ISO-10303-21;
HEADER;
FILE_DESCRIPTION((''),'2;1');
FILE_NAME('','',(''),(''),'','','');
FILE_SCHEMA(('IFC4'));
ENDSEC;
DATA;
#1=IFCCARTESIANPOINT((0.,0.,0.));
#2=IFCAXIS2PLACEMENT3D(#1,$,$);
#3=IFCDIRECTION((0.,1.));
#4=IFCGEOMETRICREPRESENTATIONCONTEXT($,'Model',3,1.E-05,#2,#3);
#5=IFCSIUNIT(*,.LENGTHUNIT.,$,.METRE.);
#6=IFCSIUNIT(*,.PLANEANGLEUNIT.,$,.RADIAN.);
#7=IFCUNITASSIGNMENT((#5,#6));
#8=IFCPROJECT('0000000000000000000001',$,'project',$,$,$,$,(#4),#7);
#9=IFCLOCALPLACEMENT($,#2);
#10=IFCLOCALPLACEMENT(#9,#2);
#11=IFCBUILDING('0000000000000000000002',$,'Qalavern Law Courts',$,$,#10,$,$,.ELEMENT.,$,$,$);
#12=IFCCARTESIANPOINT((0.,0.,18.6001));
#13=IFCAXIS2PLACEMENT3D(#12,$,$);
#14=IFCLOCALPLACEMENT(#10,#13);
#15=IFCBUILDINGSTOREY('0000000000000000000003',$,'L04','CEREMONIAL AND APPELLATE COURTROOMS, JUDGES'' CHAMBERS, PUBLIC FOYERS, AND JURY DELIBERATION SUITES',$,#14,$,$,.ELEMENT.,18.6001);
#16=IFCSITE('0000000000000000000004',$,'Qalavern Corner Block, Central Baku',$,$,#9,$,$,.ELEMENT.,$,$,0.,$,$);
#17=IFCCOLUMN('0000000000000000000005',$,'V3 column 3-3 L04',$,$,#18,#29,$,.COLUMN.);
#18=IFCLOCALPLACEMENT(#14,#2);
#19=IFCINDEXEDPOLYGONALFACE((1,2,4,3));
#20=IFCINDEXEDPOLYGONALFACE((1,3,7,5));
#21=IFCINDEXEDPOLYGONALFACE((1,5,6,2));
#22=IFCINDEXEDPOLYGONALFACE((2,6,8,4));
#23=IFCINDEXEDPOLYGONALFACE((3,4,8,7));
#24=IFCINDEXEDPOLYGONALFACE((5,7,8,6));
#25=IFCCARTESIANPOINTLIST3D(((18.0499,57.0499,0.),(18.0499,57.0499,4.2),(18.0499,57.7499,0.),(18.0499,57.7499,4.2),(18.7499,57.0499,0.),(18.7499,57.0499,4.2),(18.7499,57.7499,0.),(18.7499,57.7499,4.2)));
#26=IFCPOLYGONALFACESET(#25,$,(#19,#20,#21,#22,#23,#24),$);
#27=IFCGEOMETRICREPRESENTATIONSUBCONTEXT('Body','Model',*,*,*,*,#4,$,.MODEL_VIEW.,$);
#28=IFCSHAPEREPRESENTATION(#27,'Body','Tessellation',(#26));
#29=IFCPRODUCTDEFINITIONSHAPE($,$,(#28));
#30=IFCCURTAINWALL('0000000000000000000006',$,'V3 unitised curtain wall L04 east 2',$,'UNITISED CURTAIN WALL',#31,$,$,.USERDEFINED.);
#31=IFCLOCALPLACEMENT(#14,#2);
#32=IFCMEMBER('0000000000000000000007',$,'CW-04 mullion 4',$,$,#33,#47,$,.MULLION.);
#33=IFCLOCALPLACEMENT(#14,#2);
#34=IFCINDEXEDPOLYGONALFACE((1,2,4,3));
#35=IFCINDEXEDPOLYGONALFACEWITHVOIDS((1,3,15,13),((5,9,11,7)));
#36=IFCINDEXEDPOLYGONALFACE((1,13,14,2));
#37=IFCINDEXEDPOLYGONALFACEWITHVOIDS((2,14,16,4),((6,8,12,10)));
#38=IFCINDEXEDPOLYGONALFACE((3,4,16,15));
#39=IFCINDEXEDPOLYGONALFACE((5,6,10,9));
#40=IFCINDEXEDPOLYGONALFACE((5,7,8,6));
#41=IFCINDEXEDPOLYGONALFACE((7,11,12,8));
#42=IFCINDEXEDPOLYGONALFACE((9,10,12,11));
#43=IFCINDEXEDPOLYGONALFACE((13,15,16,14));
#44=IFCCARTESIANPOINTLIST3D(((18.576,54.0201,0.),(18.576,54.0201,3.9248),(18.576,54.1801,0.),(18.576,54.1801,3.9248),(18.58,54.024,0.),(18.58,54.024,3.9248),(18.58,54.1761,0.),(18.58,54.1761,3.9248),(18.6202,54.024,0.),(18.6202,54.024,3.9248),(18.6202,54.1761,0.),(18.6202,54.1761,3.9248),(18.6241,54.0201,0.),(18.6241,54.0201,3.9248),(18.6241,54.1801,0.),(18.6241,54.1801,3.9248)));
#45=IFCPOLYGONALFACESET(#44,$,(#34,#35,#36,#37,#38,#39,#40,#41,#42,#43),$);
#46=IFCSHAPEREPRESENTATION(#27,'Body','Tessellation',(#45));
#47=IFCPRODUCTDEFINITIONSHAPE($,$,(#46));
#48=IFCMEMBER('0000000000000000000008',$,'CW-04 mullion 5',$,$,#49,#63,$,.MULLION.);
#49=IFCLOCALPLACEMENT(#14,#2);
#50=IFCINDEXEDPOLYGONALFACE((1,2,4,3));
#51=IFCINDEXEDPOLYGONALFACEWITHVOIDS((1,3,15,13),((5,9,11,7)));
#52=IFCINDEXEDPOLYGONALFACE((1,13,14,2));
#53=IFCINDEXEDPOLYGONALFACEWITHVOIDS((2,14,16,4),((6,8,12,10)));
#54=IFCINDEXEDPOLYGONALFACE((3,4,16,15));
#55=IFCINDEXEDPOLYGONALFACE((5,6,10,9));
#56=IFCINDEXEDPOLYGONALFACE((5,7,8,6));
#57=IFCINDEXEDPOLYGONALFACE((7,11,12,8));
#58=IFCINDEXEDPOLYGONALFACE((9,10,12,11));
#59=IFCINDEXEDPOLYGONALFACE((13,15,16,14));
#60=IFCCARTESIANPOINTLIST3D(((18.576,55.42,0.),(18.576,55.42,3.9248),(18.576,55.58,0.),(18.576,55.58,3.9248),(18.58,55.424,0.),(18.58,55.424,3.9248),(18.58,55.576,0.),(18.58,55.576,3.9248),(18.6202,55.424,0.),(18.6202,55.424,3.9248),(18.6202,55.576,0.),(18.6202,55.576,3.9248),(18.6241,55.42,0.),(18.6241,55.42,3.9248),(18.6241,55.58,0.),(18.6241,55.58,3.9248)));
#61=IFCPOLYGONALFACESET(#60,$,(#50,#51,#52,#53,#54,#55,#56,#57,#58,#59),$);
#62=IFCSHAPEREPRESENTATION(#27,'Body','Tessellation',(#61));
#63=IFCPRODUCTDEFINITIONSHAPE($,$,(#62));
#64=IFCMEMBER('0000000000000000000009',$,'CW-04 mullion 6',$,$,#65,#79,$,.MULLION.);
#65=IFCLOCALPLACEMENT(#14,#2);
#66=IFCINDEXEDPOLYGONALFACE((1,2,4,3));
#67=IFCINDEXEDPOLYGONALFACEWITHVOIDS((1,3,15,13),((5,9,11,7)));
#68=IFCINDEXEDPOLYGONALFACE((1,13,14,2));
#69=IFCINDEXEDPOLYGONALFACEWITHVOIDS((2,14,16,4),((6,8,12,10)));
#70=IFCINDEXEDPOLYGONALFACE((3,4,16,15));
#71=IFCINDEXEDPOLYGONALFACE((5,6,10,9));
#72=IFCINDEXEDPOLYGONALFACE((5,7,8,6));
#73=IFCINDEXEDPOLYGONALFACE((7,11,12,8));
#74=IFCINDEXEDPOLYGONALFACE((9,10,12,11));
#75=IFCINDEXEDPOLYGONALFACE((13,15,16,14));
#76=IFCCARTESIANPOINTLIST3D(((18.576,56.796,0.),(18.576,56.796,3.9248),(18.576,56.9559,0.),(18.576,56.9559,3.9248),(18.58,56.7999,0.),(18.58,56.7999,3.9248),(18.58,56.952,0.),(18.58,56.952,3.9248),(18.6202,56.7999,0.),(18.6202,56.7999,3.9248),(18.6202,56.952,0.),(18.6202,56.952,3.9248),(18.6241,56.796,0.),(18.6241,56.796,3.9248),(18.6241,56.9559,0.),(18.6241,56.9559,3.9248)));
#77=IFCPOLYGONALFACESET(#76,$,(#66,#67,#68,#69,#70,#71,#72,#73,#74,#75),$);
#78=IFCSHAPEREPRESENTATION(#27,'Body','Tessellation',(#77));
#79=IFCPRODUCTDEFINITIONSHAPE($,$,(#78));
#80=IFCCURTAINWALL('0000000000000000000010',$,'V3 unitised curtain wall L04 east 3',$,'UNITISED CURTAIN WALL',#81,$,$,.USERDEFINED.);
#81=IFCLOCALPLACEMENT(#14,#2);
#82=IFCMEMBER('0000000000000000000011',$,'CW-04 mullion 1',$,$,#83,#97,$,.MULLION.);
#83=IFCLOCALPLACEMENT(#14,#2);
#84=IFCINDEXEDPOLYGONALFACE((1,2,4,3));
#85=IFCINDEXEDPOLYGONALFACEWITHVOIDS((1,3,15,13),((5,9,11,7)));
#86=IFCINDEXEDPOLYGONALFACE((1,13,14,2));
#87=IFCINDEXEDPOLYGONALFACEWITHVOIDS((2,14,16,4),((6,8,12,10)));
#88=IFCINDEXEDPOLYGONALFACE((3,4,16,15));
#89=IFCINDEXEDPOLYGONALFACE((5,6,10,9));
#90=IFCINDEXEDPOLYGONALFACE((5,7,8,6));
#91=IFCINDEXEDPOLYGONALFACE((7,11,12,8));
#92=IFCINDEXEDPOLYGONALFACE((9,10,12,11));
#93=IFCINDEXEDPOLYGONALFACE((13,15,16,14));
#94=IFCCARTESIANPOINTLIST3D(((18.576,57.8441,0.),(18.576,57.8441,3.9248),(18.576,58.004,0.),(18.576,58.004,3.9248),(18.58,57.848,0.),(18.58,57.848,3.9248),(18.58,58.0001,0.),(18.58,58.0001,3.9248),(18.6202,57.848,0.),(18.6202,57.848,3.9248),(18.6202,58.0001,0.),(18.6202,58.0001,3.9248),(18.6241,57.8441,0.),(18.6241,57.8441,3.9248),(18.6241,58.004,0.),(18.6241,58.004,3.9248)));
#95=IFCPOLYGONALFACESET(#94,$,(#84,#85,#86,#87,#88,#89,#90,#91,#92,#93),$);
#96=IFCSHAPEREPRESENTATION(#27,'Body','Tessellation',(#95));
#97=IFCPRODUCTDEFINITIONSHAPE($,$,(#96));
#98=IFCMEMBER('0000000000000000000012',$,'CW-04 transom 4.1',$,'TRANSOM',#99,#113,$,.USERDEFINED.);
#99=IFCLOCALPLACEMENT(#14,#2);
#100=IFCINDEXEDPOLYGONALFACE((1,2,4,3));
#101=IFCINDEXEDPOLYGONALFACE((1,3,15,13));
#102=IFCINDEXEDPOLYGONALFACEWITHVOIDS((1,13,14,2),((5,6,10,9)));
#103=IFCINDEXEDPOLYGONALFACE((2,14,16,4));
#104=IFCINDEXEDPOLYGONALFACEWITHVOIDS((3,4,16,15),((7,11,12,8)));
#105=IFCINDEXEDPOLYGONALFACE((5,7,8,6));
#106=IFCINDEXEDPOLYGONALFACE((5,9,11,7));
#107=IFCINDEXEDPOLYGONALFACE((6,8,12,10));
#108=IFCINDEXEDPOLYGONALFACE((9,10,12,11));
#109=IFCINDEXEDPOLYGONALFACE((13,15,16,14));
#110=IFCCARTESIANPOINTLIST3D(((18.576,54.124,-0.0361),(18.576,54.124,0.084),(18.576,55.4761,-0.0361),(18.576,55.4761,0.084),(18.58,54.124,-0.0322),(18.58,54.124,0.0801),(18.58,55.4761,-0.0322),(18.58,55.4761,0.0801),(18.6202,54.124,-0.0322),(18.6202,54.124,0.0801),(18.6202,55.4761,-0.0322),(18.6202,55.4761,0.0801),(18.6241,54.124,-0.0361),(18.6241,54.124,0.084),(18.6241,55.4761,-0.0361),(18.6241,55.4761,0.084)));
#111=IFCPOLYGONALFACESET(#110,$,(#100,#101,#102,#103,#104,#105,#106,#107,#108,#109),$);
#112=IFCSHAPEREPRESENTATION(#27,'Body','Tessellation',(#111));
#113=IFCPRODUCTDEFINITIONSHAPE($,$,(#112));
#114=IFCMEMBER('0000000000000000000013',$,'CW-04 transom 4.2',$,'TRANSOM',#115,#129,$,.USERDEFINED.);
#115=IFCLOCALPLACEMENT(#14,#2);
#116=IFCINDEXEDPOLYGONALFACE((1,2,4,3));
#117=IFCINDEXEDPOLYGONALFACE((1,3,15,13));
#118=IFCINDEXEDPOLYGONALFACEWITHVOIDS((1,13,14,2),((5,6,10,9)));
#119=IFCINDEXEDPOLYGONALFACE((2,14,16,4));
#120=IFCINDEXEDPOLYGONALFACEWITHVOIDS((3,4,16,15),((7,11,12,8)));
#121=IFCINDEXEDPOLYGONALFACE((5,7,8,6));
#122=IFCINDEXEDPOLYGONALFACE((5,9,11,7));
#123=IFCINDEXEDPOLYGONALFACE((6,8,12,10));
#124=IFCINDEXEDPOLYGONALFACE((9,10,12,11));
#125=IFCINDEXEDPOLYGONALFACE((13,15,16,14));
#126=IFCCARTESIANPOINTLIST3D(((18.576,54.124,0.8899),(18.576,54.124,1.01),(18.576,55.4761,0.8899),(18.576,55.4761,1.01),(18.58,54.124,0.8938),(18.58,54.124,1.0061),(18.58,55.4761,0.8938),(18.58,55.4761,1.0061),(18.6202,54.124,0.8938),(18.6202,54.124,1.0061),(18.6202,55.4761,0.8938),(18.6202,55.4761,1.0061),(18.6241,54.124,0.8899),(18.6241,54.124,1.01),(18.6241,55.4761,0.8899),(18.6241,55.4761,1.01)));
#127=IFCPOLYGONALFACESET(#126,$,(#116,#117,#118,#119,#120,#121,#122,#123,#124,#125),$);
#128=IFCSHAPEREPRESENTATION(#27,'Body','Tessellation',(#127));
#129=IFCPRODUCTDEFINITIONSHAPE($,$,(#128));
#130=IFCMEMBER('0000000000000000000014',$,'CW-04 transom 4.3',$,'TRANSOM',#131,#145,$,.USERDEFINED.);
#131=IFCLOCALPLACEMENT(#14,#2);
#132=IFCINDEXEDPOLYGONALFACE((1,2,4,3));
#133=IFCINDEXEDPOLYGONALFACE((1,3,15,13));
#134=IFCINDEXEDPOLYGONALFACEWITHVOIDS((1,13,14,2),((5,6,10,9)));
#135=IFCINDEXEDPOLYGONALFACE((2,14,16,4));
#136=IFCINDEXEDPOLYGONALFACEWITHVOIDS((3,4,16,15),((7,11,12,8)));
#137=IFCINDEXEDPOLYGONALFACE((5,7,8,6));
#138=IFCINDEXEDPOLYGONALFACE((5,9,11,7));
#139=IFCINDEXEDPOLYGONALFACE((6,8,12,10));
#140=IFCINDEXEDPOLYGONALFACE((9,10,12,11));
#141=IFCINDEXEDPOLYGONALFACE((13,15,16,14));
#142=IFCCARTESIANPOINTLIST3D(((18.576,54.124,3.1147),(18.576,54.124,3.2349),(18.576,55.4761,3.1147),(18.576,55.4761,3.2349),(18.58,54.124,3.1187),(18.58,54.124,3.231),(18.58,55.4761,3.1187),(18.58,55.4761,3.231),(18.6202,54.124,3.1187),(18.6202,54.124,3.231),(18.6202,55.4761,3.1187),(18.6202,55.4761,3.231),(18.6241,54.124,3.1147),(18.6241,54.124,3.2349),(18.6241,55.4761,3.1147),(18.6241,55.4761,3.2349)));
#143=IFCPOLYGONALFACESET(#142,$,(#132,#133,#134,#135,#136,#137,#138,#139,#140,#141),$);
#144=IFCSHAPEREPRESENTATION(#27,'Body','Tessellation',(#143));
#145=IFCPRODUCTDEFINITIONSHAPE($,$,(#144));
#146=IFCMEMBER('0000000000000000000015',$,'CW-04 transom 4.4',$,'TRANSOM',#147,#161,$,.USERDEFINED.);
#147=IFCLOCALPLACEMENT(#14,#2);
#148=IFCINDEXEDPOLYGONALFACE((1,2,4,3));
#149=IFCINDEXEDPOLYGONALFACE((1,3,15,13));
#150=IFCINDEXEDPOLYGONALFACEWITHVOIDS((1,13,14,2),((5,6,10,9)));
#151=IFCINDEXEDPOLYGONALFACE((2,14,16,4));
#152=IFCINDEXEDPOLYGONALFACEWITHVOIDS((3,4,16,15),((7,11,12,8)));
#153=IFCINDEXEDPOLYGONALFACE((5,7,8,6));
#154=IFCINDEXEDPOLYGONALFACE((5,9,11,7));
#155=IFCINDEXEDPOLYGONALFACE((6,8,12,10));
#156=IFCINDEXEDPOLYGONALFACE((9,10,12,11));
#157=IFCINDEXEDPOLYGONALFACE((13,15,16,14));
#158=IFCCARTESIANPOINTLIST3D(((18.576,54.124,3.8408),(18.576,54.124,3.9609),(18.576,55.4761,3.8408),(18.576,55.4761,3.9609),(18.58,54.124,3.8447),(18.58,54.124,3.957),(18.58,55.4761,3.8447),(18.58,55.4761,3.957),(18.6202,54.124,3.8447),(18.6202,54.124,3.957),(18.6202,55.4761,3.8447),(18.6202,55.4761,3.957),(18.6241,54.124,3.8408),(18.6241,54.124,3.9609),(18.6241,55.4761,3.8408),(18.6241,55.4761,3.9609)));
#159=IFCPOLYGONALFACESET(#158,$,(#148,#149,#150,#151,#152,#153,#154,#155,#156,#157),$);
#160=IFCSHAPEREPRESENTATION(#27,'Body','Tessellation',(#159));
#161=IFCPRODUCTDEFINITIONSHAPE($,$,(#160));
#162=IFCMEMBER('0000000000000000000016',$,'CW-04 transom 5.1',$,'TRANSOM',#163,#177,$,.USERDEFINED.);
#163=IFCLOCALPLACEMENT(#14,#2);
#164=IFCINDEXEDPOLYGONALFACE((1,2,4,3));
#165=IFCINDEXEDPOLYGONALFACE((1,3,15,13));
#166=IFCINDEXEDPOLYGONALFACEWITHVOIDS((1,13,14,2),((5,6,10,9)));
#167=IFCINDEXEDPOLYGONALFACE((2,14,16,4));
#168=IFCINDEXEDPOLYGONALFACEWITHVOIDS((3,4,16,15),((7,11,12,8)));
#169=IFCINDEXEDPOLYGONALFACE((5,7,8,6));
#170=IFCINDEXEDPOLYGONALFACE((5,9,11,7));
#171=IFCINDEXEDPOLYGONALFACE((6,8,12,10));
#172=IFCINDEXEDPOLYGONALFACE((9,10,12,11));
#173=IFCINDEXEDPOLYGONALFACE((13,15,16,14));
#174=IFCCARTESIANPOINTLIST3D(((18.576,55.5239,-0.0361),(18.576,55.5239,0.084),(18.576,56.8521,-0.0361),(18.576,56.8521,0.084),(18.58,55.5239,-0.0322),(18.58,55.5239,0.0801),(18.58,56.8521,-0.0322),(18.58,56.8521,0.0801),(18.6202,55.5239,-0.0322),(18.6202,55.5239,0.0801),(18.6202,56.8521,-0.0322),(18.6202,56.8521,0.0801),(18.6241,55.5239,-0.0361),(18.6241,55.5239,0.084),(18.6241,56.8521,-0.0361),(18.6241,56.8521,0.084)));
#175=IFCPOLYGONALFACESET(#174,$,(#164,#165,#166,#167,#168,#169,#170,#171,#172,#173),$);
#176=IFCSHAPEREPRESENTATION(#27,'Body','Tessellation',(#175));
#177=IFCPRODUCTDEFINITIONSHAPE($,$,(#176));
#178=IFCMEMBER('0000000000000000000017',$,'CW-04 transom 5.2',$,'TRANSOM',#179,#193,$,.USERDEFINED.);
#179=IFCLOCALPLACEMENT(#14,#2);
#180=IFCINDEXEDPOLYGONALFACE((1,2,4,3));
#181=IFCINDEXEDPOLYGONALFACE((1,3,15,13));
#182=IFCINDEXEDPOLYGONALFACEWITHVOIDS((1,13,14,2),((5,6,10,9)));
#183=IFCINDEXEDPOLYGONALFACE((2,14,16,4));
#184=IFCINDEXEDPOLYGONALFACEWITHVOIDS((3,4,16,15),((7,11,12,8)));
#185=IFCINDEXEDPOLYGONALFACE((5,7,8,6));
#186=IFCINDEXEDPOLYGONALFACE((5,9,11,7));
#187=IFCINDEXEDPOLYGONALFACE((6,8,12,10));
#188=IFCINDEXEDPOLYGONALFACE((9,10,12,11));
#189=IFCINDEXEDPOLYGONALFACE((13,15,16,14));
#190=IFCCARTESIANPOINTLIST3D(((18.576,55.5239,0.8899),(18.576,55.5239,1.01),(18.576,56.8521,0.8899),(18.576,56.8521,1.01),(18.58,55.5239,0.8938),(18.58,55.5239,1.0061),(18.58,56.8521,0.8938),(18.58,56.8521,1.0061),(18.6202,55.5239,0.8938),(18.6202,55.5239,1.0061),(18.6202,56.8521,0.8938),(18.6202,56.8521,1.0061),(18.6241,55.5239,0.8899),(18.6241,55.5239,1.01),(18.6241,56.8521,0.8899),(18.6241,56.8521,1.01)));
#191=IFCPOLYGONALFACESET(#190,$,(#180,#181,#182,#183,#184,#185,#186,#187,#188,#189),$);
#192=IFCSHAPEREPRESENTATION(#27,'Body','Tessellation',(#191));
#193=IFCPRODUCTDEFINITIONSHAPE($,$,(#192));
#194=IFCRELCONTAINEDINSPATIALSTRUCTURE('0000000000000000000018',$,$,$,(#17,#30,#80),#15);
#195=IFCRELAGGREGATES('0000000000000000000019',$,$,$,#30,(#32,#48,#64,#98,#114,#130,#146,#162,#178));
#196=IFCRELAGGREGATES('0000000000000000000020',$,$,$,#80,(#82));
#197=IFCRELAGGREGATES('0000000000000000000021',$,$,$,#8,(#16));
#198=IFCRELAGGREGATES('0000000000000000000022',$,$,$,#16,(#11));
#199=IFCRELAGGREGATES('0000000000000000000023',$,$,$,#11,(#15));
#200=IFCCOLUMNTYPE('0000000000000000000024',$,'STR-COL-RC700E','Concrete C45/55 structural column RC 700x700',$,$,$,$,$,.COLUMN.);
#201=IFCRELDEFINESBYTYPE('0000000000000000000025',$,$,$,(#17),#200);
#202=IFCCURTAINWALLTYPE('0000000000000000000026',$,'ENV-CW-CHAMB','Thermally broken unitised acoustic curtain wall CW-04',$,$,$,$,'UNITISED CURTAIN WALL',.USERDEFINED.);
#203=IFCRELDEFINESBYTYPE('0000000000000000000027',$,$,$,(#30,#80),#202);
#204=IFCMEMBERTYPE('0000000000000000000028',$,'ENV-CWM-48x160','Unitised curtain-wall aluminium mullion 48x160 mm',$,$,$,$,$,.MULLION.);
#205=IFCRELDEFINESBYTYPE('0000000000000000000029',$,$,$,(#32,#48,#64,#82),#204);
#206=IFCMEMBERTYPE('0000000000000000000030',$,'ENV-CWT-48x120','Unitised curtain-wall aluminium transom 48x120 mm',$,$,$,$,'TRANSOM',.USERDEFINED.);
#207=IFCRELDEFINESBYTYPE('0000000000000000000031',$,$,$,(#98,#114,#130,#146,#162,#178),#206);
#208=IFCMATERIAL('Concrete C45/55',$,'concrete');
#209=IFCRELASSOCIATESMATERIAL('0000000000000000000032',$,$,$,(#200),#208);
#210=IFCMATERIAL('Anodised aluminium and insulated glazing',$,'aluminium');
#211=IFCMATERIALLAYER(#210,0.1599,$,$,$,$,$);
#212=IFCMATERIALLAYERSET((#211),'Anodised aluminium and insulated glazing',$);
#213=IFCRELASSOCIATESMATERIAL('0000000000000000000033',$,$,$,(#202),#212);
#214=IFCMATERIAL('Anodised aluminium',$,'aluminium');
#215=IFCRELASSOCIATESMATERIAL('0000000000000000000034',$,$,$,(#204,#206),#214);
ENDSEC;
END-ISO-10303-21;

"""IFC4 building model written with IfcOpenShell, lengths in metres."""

from ifc_helpers import new_model, si_unit, direction, frame, origin, origin_2d, place, context, subcontext, project, spatial, rectangle, hollow_rectangle, extrude, material, layer, layer_set, material_profile, profile_set, type_object, element, aggregate, save


model = new_model("IFC4")

# Units and contexts
model_context = context("Model", 3, precision=1e-05, world=origin(), true_north=direction((0.0, 1.0)))
body_context = subcontext(model_context, "Body", "Model", "MODEL_VIEW")
ifc_project = project(units=[si_unit("LENGTHUNIT", "METRE"), si_unit("PLANEANGLEUNIT", "RADIAN")], contexts=[model_context])

# Site, building, storey
site_placement = place(None, origin())
site = spatial("IfcSite", under=ifc_project, at=site_placement, Name="Qalavern Corner Block, Central Baku", CompositionType="ELEMENT", RefElevation=0.0)
building_placement = place(site_placement, origin())
building = spatial("IfcBuilding", under=site, at=building_placement, Name="Qalavern Law Courts", CompositionType="ELEMENT")
storey_placement = place(building_placement, frame((0.0, 0.0, 18.6001)))
storey = spatial("IfcBuildingStorey", under=building, at=storey_placement, Name="L04", Description="CEREMONIAL AND APPELLATE COURTROOMS, JUDGES' CHAMBERS, PUBLIC FOYERS, AND JURY DELIBERATION SUITES", CompositionType="ELEMENT", Elevation=18.6001)

# Column
ifc_material_1 = material(Name="Concrete C45/55", Category="concrete")
ifc_material_profile_1 = material_profile(ifc_material_1, rectangle(XDim=0.7, YDim=0.7, at=origin_2d()), Name="RC 700x700")
ifc_profile_set_1 = profile_set([ifc_material_profile_1], Name="Concrete C45/55")
column_type = type_object("IfcColumnType", Name="STR-COL-RC700E", Description="Concrete C45/55 structural column RC 700x700", PredefinedType="COLUMN", material=ifc_profile_set_1)
column_placement = place(storey_placement, frame((18.3999, 57.3999, 0.0), z_axis=(0.0, 0.0, 1.0), x_axis=(1.0, 0.0, 0.0)))
element("IfcColumn", 1, at=column_placement, inside=storey, type_object=column_type, Name="V3 column 3-3 L04", PredefinedType="COLUMN", context=body_context, shape_type="SweptSolid", body=[
    extrude(rectangle(XDim=0.7, YDim=0.7, at=origin_2d()), origin(), (0.0, 0.0, 1.0), 4.2),
])

# Curtain wall, members
ifc_material_2 = material(Name="Anodised aluminium and insulated glazing", Category="aluminium")
ifc_layer_1 = layer(ifc_material_2, 0.1599)
ifc_layer_set_1 = layer_set([ifc_layer_1], Name="Anodised aluminium and insulated glazing")
curtain_wall_type = type_object("IfcCurtainWallType", Name="ENV-CW-CHAMB", Description="Thermally broken unitised acoustic curtain wall CW-04", ElementType="UNITISED CURTAIN WALL", PredefinedType="USERDEFINED", material=ifc_layer_set_1)
curtain_wall_1_placement = place(storey_placement, origin())
curtain_wall_1 = element("IfcCurtainWall", 2, at=curtain_wall_1_placement, inside=storey, type_object=curtain_wall_type, Name="V3 unitised curtain wall L04 east 2", ObjectType="UNITISED CURTAIN WALL", PredefinedType="USERDEFINED")
ifc_material_3 = material(Name="Anodised aluminium", Category="aluminium")
ifc_material_profile_2 = material_profile(ifc_material_3, hollow_rectangle(XDim=0.0481, YDim=0.1599, WallThickness=0.0039, at=origin_2d()), Name="ALU MULLION 48x160")
ifc_profile_set_2 = profile_set([ifc_material_profile_2], Name="Anodised aluminium")
member_type_1 = type_object("IfcMemberType", Name="ENV-CWM-48x160", Description="Unitised curtain-wall aluminium mullion 48x160 mm", PredefinedType="MULLION", material=ifc_profile_set_2)
member_1_placement = place(storey_placement, frame((18.6001, 54.1001, 0.0), z_axis=(0.0, 0.0, 1.0), x_axis=(-1.0, 0.0, 0.0)))
member_1 = element("IfcMember", 3, at=member_1_placement, type_object=member_type_1, Name="CW-04 mullion 4", PredefinedType="MULLION", context=body_context, shape_type="SweptSolid", body=[
    extrude(hollow_rectangle(XDim=0.0481, YDim=0.1599, WallThickness=0.0039, at=origin_2d()), origin(), (0.0, 0.0, 1.0), 3.9248),
])
member_2_placement = place(storey_placement, frame((18.6001, 55.5, 0.0), z_axis=(0.0, 0.0, 1.0), x_axis=(-1.0, 0.0, 0.0)))
member_2 = element("IfcMember", 4, at=member_2_placement, type_object=member_type_1, Name="CW-04 mullion 5", PredefinedType="MULLION", context=body_context, shape_type="SweptSolid", body=[
    extrude(hollow_rectangle(XDim=0.0481, YDim=0.1599, WallThickness=0.0039, at=origin_2d()), origin(), (0.0, 0.0, 1.0), 3.9248),
])
member_3_placement = place(storey_placement, frame((18.6001, 56.876, 0.0), z_axis=(0.0, 0.0, 1.0), x_axis=(-1.0, 0.0, 0.0)))
member_3 = element("IfcMember", 5, at=member_3_placement, type_object=member_type_1, Name="CW-04 mullion 6", PredefinedType="MULLION", context=body_context, shape_type="SweptSolid", body=[
    extrude(hollow_rectangle(XDim=0.0481, YDim=0.1599, WallThickness=0.0039, at=origin_2d()), origin(), (0.0, 0.0, 1.0), 3.9248),
])

# Curtain wall, member
curtain_wall_2_placement = place(storey_placement, origin())
curtain_wall_2 = element("IfcCurtainWall", 6, at=curtain_wall_2_placement, inside=storey, type_object=curtain_wall_type, Name="V3 unitised curtain wall L04 east 3", ObjectType="UNITISED CURTAIN WALL", PredefinedType="USERDEFINED")
member_4_placement = place(storey_placement, frame((18.6001, 57.9241, 0.0), z_axis=(0.0, 0.0, 1.0), x_axis=(-1.0, 0.0, 0.0)))
member_4 = element("IfcMember", 7, at=member_4_placement, type_object=member_type_1, Name="CW-04 mullion 1", PredefinedType="MULLION", context=body_context, shape_type="SweptSolid", body=[
    extrude(hollow_rectangle(XDim=0.0481, YDim=0.1599, WallThickness=0.0039, at=origin_2d()), origin(), (0.0, 0.0, 1.0), 3.9248),
])

# Members
ifc_material_profile_3 = material_profile(ifc_material_3, hollow_rectangle(XDim=0.0481, YDim=0.1201, WallThickness=0.0039, at=origin_2d()), Name="ALU TRANSOM 48x120")
ifc_profile_set_3 = profile_set([ifc_material_profile_3], Name="Anodised aluminium")
member_type_2 = type_object("IfcMemberType", Name="ENV-CWT-48x120", Description="Unitised curtain-wall aluminium transom 48x120 mm", ElementType="TRANSOM", PredefinedType="USERDEFINED", material=ifc_profile_set_3)
member_5_placement = place(storey_placement, frame((18.6001, 54.124, 0.0239), z_axis=(0.0, 1.0, 0.0), x_axis=(-1.0, 0.0, 0.0)))
member_5 = element("IfcMember", 8, at=member_5_placement, type_object=member_type_2, Name="CW-04 transom 4.1", ObjectType="TRANSOM", PredefinedType="USERDEFINED", context=body_context, shape_type="SweptSolid", body=[
    extrude(hollow_rectangle(XDim=0.0481, YDim=0.1201, WallThickness=0.0039, at=origin_2d()), origin(), (0.0, 0.0, 1.0), 1.3521),
])
member_6_placement = place(storey_placement, frame((18.6001, 54.124, 0.95), z_axis=(0.0, 1.0, 0.0), x_axis=(-1.0, 0.0, 0.0)))
member_6 = element("IfcMember", 9, at=member_6_placement, type_object=member_type_2, Name="CW-04 transom 4.2", ObjectType="TRANSOM", PredefinedType="USERDEFINED", context=body_context, shape_type="SweptSolid", body=[
    extrude(hollow_rectangle(XDim=0.0481, YDim=0.1201, WallThickness=0.0039, at=origin_2d()), origin(), (0.0, 0.0, 1.0), 1.3521),
])
member_7_placement = place(storey_placement, frame((18.6001, 54.124, 3.1748), z_axis=(0.0, 1.0, 0.0), x_axis=(-1.0, 0.0, 0.0)))
member_7 = element("IfcMember", 10, at=member_7_placement, type_object=member_type_2, Name="CW-04 transom 4.3", ObjectType="TRANSOM", PredefinedType="USERDEFINED", context=body_context, shape_type="SweptSolid", body=[
    extrude(hollow_rectangle(XDim=0.0481, YDim=0.1201, WallThickness=0.0039, at=origin_2d()), origin(), (0.0, 0.0, 1.0), 1.3521),
])
member_8_placement = place(storey_placement, frame((18.6001, 54.124, 3.9009), z_axis=(0.0, 1.0, 0.0), x_axis=(-1.0, 0.0, 0.0)))
member_8 = element("IfcMember", 11, at=member_8_placement, type_object=member_type_2, Name="CW-04 transom 4.4", ObjectType="TRANSOM", PredefinedType="USERDEFINED", context=body_context, shape_type="SweptSolid", body=[
    extrude(hollow_rectangle(XDim=0.0481, YDim=0.1201, WallThickness=0.0039, at=origin_2d()), origin(), (0.0, 0.0, 1.0), 1.3521),
])
member_9_placement = place(storey_placement, frame((18.6001, 55.5239, 0.0239), z_axis=(0.0, 1.0, 0.0), x_axis=(-1.0, 0.0, 0.0)))
member_9 = element("IfcMember", 12, at=member_9_placement, type_object=member_type_2, Name="CW-04 transom 5.1", ObjectType="TRANSOM", PredefinedType="USERDEFINED", context=body_context, shape_type="SweptSolid", body=[
    extrude(hollow_rectangle(XDim=0.0481, YDim=0.1201, WallThickness=0.0039, at=origin_2d()), origin(), (0.0, 0.0, 1.0), 1.3281),
])
member_10_placement = place(storey_placement, frame((18.6001, 55.5239, 0.95), z_axis=(0.0, 1.0, 0.0), x_axis=(-1.0, 0.0, 0.0)))
member_10 = element("IfcMember", 13, at=member_10_placement, type_object=member_type_2, Name="CW-04 transom 5.2", ObjectType="TRANSOM", PredefinedType="USERDEFINED", context=body_context, shape_type="SweptSolid", body=[
    extrude(hollow_rectangle(XDim=0.0481, YDim=0.1201, WallThickness=0.0039, at=origin_2d()), origin(), (0.0, 0.0, 1.0), 1.3281),
])

aggregate(curtain_wall_1, [member_1, member_2, member_3, member_5, member_6, member_7, member_8, member_9, member_10])
aggregate(curtain_wall_2, [member_4])

save(model, "model.ifc")
